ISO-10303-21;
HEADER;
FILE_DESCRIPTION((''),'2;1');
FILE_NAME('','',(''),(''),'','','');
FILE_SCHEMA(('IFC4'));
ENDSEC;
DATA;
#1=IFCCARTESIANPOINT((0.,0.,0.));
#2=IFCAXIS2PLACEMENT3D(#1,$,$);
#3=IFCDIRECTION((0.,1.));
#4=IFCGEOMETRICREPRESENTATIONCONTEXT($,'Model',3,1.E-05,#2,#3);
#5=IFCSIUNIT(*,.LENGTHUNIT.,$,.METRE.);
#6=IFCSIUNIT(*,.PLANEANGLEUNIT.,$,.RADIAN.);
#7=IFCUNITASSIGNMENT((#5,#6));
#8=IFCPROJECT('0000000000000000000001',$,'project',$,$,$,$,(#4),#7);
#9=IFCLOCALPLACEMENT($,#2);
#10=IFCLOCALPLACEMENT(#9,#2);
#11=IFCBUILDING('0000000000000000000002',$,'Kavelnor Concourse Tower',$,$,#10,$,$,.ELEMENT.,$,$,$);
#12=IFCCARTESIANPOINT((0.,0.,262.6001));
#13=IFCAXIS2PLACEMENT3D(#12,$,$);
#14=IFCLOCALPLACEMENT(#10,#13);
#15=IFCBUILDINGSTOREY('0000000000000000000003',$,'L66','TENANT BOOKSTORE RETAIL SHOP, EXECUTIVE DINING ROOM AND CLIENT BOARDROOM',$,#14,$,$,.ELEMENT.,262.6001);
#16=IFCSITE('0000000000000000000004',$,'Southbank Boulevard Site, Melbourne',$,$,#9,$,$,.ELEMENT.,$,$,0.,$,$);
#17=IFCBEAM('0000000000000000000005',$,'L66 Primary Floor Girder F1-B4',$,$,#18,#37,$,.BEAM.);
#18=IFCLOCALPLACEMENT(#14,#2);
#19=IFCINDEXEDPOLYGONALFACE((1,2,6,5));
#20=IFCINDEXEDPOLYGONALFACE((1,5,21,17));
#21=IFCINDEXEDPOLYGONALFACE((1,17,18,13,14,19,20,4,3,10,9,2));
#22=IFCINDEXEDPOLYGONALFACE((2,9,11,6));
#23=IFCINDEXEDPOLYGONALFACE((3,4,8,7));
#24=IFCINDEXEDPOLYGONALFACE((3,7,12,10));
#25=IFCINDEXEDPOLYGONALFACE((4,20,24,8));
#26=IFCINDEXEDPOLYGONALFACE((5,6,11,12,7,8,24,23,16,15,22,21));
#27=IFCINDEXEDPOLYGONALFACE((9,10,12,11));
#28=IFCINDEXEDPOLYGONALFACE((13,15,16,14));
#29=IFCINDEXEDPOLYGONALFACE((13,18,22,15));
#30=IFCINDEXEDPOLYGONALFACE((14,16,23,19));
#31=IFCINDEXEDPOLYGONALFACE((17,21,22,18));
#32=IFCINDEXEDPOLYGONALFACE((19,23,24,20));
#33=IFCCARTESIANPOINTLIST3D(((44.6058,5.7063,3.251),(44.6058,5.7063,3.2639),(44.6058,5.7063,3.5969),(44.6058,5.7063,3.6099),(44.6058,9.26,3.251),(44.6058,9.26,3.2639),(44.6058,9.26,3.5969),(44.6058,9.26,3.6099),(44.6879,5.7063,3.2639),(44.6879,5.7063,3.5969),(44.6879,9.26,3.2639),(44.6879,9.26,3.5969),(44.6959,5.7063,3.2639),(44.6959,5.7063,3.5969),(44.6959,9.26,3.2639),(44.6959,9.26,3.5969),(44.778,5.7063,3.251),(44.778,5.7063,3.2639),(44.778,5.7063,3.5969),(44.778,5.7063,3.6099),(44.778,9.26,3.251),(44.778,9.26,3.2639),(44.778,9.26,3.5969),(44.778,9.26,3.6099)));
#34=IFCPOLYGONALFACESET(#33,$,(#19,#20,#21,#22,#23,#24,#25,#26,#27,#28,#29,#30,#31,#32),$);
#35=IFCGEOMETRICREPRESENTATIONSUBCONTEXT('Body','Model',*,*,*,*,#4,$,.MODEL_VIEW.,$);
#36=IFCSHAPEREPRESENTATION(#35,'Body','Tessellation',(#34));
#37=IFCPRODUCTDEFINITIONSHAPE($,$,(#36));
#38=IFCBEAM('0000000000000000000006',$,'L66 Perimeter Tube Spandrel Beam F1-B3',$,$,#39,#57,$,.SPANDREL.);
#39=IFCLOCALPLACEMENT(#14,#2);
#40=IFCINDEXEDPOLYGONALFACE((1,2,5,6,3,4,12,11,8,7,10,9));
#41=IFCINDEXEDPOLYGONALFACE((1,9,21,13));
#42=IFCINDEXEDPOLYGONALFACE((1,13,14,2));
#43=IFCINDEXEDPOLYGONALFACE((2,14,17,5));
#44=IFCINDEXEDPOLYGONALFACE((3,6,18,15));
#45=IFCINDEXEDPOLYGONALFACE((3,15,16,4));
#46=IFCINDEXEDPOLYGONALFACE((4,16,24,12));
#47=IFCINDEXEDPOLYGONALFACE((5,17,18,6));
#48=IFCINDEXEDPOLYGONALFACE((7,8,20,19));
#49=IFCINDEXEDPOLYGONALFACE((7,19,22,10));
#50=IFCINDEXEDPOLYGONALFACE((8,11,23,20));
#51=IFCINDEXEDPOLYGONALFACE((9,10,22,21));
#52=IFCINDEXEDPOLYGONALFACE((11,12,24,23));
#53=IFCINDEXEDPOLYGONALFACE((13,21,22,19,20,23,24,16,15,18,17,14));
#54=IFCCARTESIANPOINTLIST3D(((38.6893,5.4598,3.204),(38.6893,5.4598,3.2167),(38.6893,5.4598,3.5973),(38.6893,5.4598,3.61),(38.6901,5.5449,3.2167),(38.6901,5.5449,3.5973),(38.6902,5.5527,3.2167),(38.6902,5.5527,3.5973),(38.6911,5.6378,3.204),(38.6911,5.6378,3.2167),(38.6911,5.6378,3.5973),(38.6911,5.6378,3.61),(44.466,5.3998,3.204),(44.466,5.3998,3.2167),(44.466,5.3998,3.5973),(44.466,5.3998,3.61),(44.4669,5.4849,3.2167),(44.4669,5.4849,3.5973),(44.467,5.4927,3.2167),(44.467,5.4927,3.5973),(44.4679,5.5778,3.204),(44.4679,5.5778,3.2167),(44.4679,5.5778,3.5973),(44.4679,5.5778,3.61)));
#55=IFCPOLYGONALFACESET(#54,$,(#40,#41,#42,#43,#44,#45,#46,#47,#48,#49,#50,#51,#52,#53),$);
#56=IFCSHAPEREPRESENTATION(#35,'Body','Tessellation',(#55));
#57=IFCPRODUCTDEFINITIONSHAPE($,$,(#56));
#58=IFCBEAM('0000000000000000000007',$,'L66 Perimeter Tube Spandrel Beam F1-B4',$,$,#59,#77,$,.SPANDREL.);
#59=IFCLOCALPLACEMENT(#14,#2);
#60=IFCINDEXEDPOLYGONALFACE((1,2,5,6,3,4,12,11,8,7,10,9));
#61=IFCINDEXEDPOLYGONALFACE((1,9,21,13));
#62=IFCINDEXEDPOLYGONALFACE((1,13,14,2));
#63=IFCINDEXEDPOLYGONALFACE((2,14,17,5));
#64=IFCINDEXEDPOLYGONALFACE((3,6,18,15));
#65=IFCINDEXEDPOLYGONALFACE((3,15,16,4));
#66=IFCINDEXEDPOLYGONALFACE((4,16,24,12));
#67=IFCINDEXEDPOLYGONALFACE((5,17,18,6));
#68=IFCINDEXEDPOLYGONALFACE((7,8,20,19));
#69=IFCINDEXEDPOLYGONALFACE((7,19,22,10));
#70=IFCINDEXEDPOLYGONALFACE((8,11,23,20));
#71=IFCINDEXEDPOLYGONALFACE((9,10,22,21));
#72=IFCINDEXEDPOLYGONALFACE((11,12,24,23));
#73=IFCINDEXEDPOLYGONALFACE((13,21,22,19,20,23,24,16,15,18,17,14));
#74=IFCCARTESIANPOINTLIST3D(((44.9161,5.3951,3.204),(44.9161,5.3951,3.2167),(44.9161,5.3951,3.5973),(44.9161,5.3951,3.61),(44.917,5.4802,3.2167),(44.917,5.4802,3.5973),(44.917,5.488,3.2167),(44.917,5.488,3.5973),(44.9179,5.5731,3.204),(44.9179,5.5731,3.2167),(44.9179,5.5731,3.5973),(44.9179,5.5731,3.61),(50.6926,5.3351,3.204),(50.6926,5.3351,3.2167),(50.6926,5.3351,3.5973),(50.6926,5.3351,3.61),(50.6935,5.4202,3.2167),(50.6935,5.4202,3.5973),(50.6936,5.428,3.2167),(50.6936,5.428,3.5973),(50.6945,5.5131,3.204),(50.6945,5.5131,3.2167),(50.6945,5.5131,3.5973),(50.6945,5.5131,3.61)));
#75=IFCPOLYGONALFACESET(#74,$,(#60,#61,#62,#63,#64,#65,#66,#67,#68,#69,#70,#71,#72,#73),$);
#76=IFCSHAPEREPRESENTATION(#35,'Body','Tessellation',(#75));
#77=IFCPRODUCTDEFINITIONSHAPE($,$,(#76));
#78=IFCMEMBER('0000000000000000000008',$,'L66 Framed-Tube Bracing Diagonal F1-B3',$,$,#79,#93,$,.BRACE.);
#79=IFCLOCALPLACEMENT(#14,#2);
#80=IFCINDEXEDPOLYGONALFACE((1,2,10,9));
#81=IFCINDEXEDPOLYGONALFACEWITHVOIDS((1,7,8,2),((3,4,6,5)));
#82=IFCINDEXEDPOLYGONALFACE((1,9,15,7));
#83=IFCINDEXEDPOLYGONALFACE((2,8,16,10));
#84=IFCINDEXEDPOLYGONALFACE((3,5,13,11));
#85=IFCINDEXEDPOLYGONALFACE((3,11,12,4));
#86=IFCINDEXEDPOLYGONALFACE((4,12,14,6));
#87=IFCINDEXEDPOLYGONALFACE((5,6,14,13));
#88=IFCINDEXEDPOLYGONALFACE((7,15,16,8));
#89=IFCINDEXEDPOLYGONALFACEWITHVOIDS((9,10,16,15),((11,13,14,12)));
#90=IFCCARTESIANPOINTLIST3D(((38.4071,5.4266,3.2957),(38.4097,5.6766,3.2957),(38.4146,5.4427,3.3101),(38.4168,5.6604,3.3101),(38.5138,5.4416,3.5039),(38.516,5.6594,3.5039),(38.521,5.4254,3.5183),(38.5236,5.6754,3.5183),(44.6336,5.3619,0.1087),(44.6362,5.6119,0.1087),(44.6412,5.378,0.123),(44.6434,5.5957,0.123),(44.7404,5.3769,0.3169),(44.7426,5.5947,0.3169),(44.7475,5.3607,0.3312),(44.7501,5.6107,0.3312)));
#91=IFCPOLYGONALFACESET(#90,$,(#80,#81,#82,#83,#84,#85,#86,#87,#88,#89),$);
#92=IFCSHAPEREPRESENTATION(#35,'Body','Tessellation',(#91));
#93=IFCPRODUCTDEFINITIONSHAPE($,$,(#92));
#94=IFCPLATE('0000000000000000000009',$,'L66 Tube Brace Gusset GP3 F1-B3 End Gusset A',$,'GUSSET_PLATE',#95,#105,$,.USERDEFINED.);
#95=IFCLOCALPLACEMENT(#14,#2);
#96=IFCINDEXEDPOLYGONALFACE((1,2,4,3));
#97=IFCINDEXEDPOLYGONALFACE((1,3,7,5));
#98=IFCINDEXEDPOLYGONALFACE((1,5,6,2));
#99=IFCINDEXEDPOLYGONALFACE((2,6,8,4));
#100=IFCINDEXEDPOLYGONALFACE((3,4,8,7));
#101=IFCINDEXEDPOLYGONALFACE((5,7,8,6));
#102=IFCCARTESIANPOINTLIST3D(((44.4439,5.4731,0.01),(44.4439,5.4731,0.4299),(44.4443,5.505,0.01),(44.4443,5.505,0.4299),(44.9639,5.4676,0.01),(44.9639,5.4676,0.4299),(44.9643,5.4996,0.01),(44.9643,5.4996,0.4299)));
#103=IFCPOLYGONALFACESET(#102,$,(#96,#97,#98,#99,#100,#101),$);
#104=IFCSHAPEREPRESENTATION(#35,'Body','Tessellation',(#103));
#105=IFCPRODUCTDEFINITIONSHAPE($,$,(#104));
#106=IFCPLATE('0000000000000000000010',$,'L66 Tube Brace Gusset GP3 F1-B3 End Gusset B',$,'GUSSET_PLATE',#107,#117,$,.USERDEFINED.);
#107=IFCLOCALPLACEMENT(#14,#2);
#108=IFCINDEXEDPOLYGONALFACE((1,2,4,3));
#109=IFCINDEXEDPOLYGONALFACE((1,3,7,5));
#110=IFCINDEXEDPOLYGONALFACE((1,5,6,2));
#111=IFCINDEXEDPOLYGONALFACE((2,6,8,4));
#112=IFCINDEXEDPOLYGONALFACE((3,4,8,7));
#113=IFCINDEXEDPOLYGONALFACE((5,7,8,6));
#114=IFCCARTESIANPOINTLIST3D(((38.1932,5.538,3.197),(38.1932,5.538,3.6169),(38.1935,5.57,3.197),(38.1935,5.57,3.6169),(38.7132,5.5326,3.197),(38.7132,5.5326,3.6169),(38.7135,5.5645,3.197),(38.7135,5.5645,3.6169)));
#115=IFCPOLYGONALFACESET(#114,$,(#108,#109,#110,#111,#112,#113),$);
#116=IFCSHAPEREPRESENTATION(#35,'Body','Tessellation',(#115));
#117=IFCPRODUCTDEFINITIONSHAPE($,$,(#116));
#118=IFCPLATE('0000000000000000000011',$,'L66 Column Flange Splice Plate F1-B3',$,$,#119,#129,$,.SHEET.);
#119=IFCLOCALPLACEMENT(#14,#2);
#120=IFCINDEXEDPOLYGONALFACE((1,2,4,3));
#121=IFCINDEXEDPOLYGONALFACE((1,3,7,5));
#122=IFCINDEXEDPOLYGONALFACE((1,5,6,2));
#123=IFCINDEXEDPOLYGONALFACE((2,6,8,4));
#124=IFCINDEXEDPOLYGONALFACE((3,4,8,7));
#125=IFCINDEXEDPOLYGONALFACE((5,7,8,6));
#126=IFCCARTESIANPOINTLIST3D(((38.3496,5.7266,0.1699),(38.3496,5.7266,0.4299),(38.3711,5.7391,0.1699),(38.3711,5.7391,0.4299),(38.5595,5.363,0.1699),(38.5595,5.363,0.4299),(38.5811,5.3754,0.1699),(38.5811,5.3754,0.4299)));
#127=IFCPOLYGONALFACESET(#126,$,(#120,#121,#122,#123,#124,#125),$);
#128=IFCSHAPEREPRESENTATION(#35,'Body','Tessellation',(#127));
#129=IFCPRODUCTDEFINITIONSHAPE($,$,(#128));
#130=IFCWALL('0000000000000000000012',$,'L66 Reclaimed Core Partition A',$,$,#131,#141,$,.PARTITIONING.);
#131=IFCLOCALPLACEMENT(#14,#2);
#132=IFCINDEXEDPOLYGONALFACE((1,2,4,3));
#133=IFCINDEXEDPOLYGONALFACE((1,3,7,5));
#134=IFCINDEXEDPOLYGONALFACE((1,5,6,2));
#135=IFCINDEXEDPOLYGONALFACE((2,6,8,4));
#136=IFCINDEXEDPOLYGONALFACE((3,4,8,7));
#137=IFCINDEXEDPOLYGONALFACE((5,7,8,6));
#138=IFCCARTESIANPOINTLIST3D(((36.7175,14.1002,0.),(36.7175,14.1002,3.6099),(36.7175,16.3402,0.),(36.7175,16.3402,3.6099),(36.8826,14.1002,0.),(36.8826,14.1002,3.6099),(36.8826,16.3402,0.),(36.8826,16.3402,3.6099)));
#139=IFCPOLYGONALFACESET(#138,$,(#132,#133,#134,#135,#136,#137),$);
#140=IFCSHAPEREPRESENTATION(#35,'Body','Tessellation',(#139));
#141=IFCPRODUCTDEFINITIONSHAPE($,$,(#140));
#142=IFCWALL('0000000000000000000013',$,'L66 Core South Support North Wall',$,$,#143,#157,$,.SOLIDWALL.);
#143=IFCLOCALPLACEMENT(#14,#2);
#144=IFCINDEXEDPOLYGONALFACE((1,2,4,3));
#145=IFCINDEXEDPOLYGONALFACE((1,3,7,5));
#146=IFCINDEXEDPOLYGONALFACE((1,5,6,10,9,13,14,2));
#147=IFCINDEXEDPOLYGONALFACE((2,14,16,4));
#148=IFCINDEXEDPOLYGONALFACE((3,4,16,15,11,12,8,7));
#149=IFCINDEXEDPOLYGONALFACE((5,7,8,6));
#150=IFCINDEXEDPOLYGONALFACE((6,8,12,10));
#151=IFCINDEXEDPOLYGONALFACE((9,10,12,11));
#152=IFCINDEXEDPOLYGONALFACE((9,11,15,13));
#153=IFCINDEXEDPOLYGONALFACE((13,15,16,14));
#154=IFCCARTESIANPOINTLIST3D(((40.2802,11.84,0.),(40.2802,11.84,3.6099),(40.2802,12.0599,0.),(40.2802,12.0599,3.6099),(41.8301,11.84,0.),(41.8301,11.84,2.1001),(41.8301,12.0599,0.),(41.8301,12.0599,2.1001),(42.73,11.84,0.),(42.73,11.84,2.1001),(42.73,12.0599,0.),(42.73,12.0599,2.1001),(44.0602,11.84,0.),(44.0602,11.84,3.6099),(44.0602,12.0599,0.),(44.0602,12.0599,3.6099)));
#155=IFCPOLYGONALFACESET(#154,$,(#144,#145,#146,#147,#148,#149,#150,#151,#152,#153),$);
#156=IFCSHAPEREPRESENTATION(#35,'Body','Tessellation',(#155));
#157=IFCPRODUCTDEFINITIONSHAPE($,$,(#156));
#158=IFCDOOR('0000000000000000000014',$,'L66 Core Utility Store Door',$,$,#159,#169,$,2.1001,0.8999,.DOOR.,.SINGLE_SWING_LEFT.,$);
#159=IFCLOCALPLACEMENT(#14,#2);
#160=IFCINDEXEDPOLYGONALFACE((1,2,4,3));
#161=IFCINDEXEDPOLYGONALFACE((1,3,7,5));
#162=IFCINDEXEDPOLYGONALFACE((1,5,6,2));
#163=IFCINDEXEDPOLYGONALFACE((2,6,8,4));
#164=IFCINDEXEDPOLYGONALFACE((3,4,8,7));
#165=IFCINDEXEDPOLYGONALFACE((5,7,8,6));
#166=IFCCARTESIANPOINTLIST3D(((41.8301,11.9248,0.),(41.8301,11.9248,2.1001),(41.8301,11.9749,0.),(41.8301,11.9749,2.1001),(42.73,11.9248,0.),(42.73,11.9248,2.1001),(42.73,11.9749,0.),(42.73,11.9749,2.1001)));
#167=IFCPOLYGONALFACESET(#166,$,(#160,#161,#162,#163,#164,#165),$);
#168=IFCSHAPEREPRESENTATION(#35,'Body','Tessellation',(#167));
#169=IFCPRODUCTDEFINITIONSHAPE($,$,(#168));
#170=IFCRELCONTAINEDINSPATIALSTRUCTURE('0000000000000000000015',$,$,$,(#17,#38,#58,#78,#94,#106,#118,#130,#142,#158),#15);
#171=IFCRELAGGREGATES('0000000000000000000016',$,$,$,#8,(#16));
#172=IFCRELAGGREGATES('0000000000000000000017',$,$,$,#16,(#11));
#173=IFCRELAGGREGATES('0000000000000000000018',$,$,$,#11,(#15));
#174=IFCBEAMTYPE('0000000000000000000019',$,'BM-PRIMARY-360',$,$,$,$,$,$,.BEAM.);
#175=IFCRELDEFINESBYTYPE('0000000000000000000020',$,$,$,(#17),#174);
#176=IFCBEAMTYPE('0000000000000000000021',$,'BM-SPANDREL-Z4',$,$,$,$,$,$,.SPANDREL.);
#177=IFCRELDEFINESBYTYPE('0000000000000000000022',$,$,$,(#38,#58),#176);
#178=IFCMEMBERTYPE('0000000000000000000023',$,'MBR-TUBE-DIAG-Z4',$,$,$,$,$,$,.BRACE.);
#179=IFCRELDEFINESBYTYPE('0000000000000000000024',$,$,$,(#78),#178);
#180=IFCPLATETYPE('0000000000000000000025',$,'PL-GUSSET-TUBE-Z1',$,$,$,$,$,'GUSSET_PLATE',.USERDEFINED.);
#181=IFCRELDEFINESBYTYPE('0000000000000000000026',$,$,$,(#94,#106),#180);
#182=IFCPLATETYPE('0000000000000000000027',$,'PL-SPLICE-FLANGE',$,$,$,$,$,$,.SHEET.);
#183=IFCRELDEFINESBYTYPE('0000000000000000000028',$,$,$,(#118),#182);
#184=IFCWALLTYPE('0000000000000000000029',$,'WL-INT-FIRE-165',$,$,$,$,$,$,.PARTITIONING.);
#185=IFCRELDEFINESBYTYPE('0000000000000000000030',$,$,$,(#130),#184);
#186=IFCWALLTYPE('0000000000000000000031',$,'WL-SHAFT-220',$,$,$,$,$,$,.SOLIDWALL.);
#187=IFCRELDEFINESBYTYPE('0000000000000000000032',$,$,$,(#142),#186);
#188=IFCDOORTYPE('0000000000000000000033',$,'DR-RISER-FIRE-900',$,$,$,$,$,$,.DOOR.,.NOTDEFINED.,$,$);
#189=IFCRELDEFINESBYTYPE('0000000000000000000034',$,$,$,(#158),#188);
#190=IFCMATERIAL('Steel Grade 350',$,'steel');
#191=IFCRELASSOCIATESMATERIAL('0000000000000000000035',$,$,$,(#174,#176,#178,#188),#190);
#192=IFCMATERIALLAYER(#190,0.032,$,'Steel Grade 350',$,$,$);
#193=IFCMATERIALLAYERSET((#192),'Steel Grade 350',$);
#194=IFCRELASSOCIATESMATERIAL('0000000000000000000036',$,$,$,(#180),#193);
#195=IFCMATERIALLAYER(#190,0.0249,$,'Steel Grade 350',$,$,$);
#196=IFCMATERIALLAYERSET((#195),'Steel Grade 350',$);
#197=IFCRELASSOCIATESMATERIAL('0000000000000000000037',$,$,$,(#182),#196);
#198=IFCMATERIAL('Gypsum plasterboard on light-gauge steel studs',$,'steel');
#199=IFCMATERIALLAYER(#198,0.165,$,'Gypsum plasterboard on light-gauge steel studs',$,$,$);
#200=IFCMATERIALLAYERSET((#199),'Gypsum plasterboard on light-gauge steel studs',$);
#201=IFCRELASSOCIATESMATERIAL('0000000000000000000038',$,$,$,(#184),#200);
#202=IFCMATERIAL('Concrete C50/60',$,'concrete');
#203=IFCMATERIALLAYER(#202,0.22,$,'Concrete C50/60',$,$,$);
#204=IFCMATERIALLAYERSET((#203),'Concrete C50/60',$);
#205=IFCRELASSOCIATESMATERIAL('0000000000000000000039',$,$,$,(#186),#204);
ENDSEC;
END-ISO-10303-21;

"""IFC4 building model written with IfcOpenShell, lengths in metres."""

from ifc_helpers import new_model, si_unit, direction, frame, frame_2d, origin, origin_2d, place, context, subcontext, project, spatial, rectangle, hollow_rectangle, i_section, extrude, material, layer, layer_set, material_profile, profile_set, type_object, element, fill, save


model = new_model("IFC4")

# Units and contexts
model_context = context("Model", 3, precision=1e-05, world=origin(), true_north=direction((0.0, 1.0)))
body_context = subcontext(model_context, "Body", "Model", "MODEL_VIEW")
ifc_project = project(units=[si_unit("LENGTHUNIT", "METRE"), si_unit("PLANEANGLEUNIT", "RADIAN")], contexts=[model_context])

# Site, building, storey
site_placement = place(None, origin())
site = spatial("IfcSite", under=ifc_project, at=site_placement, Name="Southbank Boulevard Site, Melbourne", CompositionType="ELEMENT", RefElevation=0.0)
building_placement = place(site_placement, origin())
building = spatial("IfcBuilding", under=site, at=building_placement, Name="Kavelnor Concourse Tower", CompositionType="ELEMENT")
storey_placement = place(building_placement, frame((0.0, 0.0, 262.6001)))
storey = spatial("IfcBuildingStorey", under=building, at=storey_placement, Name="L66", Description="TENANT BOOKSTORE RETAIL SHOP, EXECUTIVE DINING ROOM AND CLIENT BOARDROOM", CompositionType="ELEMENT", Elevation=262.6001)

# Shared definitions
ifc_material_1 = material(Name="Steel Grade 350", Category="steel")

# Beams
ifc_material_profile_1 = material_profile(ifc_material_1, i_section(OverallWidth=0.1721, OverallDepth=0.3589, WebThickness=0.0081, FlangeThickness=0.0129, at=origin_2d()), Name="360UB56")
ifc_profile_set_1 = profile_set([ifc_material_profile_1], Name="Steel Grade 350")
beam_type_1 = type_object("IfcBeamType", Name="BM-PRIMARY-360", PredefinedType="BEAM", material=ifc_profile_set_1)
beam_1_placement = place(storey_placement, frame((44.6919, 9.26, 3.4304), z_axis=(0.0, -1.0, 0.0), x_axis=(1.0, 0.0, 0.0)))
element("IfcBeam", 1, at=beam_1_placement, inside=storey, type_object=beam_type_1, Name="L66 Primary Floor Girder F1-B4", PredefinedType="BEAM", context=body_context, shape_type="SweptSolid", body=[
    extrude(i_section(OverallWidth=0.1721, OverallDepth=0.3589, WebThickness=0.0081, FlangeThickness=0.0129, at=origin_2d()), origin(), (0.0, 0.0, 1.0), 3.5537),
])
ifc_material_profile_2 = material_profile(ifc_material_1, i_section(OverallWidth=0.178, OverallDepth=0.406, WebThickness=0.0078, FlangeThickness=0.0127, at=origin_2d()), Name="410UB59")
ifc_profile_set_2 = profile_set([ifc_material_profile_2], Name="Steel Grade 350")
beam_type_2 = type_object("IfcBeamType", Name="BM-SPANDREL-Z4", PredefinedType="SPANDREL", material=ifc_profile_set_2)
beam_2_placement = place(storey_placement, frame((38.6902, 5.5488, 3.407), z_axis=(0.999946, -0.010396, 0.0), x_axis=(0.010396, 0.999946, 0.0)))
element("IfcBeam", 2, at=beam_2_placement, inside=storey, type_object=beam_type_2, Name="L66 Perimeter Tube Spandrel Beam F1-B3", PredefinedType="SPANDREL", context=body_context, shape_type="SweptSolid", body=[
    extrude(i_section(OverallWidth=0.178, OverallDepth=0.406, WebThickness=0.0078, FlangeThickness=0.0127, at=origin_2d()), origin(), (0.0, 0.0, 1.0), 5.7771),
])
beam_3_placement = place(storey_placement, frame((44.917, 5.4841, 3.407), z_axis=(0.999946, -0.010396, 0.0), x_axis=(0.010396, 0.999946, 0.0)))
element("IfcBeam", 3, at=beam_3_placement, inside=storey, type_object=beam_type_2, Name="L66 Perimeter Tube Spandrel Beam F1-B4", PredefinedType="SPANDREL", context=body_context, shape_type="SweptSolid", body=[
    extrude(i_section(OverallWidth=0.178, OverallDepth=0.406, WebThickness=0.0078, FlangeThickness=0.0127, at=origin_2d()), origin(), (0.0, 0.0, 1.0), 5.7769),
])

# Member
ifc_material_profile_3 = material_profile(ifc_material_1, hollow_rectangle(XDim=0.25, YDim=0.25, WallThickness=0.0161, at=origin_2d()), Name="SHS 250x250x16")
ifc_profile_set_3 = profile_set([ifc_material_profile_3], Name="Steel Grade 350")
member_type = type_object("IfcMemberType", Name="MBR-TUBE-DIAG-Z4", PredefinedType="BRACE", material=ifc_profile_set_3)
member_placement = place(storey_placement, frame((44.6919, 5.4863, 0.22), z_axis=(-0.890133, 0.009249, 0.455607), x_axis=(-0.01039, -0.999946, 0.0)))
element("IfcMember", 4, at=member_placement, inside=storey, type_object=member_type, Name="L66 Framed-Tube Bracing Diagonal F1-B3", PredefinedType="BRACE", context=body_context, shape_type="SweptSolid", body=[
    extrude(hollow_rectangle(XDim=0.25, YDim=0.25, WallThickness=0.0161, at=origin_2d()), origin(), (0.0, 0.0, 1.0), 6.9951),
])

# Plates
ifc_layer_1 = layer(ifc_material_1, 0.032, Name="Steel Grade 350")
ifc_layer_set_1 = layer_set([ifc_layer_1], Name="Steel Grade 350")
plate_type_1 = type_object("IfcPlateType", Name="PL-GUSSET-TUBE-Z1", ElementType="GUSSET_PLATE", PredefinedType="USERDEFINED", material=ifc_layer_set_1)
for number, where, z_axis, x_axis, name in (
    (5, (44.7041, 5.4863, 0.01), (0.0, 0.0, 1.0), (-0.999945, 0.010472, 0.0), "L66 Tube Brace Gusset GP3 F1-B3 End Gusset A"),
    (6, (38.4534, 5.5513, 3.197), (0.0, 0.0, 1.0), (-0.999945, 0.010472, 0.0), "L66 Tube Brace Gusset GP3 F1-B3 End Gusset B"),
):
    element("IfcPlate", number, at=place(storey_placement, frame(where, z_axis=z_axis, x_axis=x_axis)), inside=storey, type_object=plate_type_1, Name=name, ObjectType="GUSSET_PLATE", PredefinedType="USERDEFINED", context=body_context, shape_type="SweptSolid", body=[
        extrude(rectangle(XDim=0.52, YDim=0.032, at=origin_2d()), origin(), (0.0, 0.0, 1.0), 0.4199),
    ])
ifc_layer_2 = layer(ifc_material_1, 0.0249, Name="Steel Grade 350")
ifc_layer_set_2 = layer_set([ifc_layer_2], Name="Steel Grade 350")
plate_type_2 = type_object("IfcPlateType", Name="PL-SPLICE-FLANGE", PredefinedType="SHEET", material=ifc_layer_set_2)
plate_placement = place(storey_placement, frame((38.4653, 5.551, 0.1699), z_axis=(0.0, 0.0, 1.0), x_axis=(-0.5, 0.866025, 0.0)))
element("IfcPlate", 7, at=plate_placement, inside=storey, type_object=plate_type_2, Name="L66 Column Flange Splice Plate F1-B3", PredefinedType="SHEET", context=body_context, shape_type="SweptSolid", body=[
    extrude(rectangle(XDim=0.4199, YDim=0.0249, at=origin_2d()), origin(), (0.0, 0.0, 1.0), 0.26),
])

# Wall
ifc_material_2 = material(Name="Gypsum plasterboard on light-gauge steel studs", Category="steel")
ifc_layer_3 = layer(ifc_material_2, 0.165, Name="Gypsum plasterboard on light-gauge steel studs")
ifc_layer_set_3 = layer_set([ifc_layer_3], Name="Gypsum plasterboard on light-gauge steel studs")
wall_type_1 = type_object("IfcWallType", Name="WL-INT-FIRE-165", PredefinedType="PARTITIONING", material=ifc_layer_set_3)
wall_1_placement = place(storey_placement, frame((36.8, 14.1001, 0.0), z_axis=(0.0, 0.0, 1.0), x_axis=(0.0, 1.0, 0.0)))
element("IfcWall", 8, at=wall_1_placement, inside=storey, type_object=wall_type_1, Name="L66 Reclaimed Core Partition A", PredefinedType="PARTITIONING", context=body_context, shape_type="SweptSolid", body=[
    extrude(rectangle(XDim=2.24, YDim=0.165, at=frame_2d((1.1201, 0.0))), origin(), (0.0, 0.0, 1.0), 3.6099),
])

# Wall, opening, door
ifc_material_3 = material(Name="Concrete C50/60", Category="concrete")
ifc_layer_4 = layer(ifc_material_3, 0.22, Name="Concrete C50/60")
ifc_layer_set_4 = layer_set([ifc_layer_4], Name="Concrete C50/60")
wall_type_2 = type_object("IfcWallType", Name="WL-SHAFT-220", PredefinedType="SOLIDWALL", material=ifc_layer_set_4)
wall_2_placement = place(storey_placement, frame((40.28, 11.95, 0.0), z_axis=(0.0, 0.0, 1.0), x_axis=(1.0, 0.0, 0.0)))
wall_2 = element("IfcWall", 9, at=wall_2_placement, inside=storey, type_object=wall_type_2, Name="L66 Core South Support North Wall", PredefinedType="SOLIDWALL", context=body_context, shape_type="SweptSolid", body=[
    extrude(rectangle(XDim=3.78, YDim=0.22, at=frame_2d((1.8901, 0.0))), origin(), (0.0, 0.0, 1.0), 3.6099),
])
opening_1_placement = place(wall_2_placement, frame((1.55, 0.0, 0.0)))
opening_1 = element("IfcOpeningElement", 10, at=opening_1_placement, cuts=wall_2, PredefinedType="OPENING", context=body_context, shape_type="SweptSolid", body=[
    extrude(rectangle(XDim=0.8999, YDim=2.1001, at=frame_2d((0.45, 1.05))), frame((0.0, 0.1201, 0.0), z_axis=(0.0, -1.0, 0.0), x_axis=(1.0, 0.0, 0.0)), (0.0, 0.0, 1.0), 0.24),
])
door_type_1 = type_object("IfcDoorType", Name="DR-RISER-FIRE-900", OperationType="NOTDEFINED", PredefinedType="DOOR", material=ifc_material_1)
door_1_placement = place(opening_1_placement, origin())
door_1 = element("IfcDoor", 11, at=door_1_placement, inside=storey, type_object=door_type_1, Name="L66 Core Utility Store Door", OperationType="SINGLE_SWING_LEFT", OverallHeight=2.1001, OverallWidth=0.8999, PredefinedType="DOOR", context=body_context, shape_type="SweptSolid", body=[
    extrude(rectangle(XDim=0.8999, YDim=2.1001, at=frame_2d((0.45, 1.05))), frame((0.0, 0.0249, 0.0), z_axis=(0.0, -1.0, 0.0), x_axis=(1.0, 0.0, 0.0)), (0.0, 0.0, 1.0), 0.05),
])
fill(opening_1, door_1)

save(model, "model.ifc")
